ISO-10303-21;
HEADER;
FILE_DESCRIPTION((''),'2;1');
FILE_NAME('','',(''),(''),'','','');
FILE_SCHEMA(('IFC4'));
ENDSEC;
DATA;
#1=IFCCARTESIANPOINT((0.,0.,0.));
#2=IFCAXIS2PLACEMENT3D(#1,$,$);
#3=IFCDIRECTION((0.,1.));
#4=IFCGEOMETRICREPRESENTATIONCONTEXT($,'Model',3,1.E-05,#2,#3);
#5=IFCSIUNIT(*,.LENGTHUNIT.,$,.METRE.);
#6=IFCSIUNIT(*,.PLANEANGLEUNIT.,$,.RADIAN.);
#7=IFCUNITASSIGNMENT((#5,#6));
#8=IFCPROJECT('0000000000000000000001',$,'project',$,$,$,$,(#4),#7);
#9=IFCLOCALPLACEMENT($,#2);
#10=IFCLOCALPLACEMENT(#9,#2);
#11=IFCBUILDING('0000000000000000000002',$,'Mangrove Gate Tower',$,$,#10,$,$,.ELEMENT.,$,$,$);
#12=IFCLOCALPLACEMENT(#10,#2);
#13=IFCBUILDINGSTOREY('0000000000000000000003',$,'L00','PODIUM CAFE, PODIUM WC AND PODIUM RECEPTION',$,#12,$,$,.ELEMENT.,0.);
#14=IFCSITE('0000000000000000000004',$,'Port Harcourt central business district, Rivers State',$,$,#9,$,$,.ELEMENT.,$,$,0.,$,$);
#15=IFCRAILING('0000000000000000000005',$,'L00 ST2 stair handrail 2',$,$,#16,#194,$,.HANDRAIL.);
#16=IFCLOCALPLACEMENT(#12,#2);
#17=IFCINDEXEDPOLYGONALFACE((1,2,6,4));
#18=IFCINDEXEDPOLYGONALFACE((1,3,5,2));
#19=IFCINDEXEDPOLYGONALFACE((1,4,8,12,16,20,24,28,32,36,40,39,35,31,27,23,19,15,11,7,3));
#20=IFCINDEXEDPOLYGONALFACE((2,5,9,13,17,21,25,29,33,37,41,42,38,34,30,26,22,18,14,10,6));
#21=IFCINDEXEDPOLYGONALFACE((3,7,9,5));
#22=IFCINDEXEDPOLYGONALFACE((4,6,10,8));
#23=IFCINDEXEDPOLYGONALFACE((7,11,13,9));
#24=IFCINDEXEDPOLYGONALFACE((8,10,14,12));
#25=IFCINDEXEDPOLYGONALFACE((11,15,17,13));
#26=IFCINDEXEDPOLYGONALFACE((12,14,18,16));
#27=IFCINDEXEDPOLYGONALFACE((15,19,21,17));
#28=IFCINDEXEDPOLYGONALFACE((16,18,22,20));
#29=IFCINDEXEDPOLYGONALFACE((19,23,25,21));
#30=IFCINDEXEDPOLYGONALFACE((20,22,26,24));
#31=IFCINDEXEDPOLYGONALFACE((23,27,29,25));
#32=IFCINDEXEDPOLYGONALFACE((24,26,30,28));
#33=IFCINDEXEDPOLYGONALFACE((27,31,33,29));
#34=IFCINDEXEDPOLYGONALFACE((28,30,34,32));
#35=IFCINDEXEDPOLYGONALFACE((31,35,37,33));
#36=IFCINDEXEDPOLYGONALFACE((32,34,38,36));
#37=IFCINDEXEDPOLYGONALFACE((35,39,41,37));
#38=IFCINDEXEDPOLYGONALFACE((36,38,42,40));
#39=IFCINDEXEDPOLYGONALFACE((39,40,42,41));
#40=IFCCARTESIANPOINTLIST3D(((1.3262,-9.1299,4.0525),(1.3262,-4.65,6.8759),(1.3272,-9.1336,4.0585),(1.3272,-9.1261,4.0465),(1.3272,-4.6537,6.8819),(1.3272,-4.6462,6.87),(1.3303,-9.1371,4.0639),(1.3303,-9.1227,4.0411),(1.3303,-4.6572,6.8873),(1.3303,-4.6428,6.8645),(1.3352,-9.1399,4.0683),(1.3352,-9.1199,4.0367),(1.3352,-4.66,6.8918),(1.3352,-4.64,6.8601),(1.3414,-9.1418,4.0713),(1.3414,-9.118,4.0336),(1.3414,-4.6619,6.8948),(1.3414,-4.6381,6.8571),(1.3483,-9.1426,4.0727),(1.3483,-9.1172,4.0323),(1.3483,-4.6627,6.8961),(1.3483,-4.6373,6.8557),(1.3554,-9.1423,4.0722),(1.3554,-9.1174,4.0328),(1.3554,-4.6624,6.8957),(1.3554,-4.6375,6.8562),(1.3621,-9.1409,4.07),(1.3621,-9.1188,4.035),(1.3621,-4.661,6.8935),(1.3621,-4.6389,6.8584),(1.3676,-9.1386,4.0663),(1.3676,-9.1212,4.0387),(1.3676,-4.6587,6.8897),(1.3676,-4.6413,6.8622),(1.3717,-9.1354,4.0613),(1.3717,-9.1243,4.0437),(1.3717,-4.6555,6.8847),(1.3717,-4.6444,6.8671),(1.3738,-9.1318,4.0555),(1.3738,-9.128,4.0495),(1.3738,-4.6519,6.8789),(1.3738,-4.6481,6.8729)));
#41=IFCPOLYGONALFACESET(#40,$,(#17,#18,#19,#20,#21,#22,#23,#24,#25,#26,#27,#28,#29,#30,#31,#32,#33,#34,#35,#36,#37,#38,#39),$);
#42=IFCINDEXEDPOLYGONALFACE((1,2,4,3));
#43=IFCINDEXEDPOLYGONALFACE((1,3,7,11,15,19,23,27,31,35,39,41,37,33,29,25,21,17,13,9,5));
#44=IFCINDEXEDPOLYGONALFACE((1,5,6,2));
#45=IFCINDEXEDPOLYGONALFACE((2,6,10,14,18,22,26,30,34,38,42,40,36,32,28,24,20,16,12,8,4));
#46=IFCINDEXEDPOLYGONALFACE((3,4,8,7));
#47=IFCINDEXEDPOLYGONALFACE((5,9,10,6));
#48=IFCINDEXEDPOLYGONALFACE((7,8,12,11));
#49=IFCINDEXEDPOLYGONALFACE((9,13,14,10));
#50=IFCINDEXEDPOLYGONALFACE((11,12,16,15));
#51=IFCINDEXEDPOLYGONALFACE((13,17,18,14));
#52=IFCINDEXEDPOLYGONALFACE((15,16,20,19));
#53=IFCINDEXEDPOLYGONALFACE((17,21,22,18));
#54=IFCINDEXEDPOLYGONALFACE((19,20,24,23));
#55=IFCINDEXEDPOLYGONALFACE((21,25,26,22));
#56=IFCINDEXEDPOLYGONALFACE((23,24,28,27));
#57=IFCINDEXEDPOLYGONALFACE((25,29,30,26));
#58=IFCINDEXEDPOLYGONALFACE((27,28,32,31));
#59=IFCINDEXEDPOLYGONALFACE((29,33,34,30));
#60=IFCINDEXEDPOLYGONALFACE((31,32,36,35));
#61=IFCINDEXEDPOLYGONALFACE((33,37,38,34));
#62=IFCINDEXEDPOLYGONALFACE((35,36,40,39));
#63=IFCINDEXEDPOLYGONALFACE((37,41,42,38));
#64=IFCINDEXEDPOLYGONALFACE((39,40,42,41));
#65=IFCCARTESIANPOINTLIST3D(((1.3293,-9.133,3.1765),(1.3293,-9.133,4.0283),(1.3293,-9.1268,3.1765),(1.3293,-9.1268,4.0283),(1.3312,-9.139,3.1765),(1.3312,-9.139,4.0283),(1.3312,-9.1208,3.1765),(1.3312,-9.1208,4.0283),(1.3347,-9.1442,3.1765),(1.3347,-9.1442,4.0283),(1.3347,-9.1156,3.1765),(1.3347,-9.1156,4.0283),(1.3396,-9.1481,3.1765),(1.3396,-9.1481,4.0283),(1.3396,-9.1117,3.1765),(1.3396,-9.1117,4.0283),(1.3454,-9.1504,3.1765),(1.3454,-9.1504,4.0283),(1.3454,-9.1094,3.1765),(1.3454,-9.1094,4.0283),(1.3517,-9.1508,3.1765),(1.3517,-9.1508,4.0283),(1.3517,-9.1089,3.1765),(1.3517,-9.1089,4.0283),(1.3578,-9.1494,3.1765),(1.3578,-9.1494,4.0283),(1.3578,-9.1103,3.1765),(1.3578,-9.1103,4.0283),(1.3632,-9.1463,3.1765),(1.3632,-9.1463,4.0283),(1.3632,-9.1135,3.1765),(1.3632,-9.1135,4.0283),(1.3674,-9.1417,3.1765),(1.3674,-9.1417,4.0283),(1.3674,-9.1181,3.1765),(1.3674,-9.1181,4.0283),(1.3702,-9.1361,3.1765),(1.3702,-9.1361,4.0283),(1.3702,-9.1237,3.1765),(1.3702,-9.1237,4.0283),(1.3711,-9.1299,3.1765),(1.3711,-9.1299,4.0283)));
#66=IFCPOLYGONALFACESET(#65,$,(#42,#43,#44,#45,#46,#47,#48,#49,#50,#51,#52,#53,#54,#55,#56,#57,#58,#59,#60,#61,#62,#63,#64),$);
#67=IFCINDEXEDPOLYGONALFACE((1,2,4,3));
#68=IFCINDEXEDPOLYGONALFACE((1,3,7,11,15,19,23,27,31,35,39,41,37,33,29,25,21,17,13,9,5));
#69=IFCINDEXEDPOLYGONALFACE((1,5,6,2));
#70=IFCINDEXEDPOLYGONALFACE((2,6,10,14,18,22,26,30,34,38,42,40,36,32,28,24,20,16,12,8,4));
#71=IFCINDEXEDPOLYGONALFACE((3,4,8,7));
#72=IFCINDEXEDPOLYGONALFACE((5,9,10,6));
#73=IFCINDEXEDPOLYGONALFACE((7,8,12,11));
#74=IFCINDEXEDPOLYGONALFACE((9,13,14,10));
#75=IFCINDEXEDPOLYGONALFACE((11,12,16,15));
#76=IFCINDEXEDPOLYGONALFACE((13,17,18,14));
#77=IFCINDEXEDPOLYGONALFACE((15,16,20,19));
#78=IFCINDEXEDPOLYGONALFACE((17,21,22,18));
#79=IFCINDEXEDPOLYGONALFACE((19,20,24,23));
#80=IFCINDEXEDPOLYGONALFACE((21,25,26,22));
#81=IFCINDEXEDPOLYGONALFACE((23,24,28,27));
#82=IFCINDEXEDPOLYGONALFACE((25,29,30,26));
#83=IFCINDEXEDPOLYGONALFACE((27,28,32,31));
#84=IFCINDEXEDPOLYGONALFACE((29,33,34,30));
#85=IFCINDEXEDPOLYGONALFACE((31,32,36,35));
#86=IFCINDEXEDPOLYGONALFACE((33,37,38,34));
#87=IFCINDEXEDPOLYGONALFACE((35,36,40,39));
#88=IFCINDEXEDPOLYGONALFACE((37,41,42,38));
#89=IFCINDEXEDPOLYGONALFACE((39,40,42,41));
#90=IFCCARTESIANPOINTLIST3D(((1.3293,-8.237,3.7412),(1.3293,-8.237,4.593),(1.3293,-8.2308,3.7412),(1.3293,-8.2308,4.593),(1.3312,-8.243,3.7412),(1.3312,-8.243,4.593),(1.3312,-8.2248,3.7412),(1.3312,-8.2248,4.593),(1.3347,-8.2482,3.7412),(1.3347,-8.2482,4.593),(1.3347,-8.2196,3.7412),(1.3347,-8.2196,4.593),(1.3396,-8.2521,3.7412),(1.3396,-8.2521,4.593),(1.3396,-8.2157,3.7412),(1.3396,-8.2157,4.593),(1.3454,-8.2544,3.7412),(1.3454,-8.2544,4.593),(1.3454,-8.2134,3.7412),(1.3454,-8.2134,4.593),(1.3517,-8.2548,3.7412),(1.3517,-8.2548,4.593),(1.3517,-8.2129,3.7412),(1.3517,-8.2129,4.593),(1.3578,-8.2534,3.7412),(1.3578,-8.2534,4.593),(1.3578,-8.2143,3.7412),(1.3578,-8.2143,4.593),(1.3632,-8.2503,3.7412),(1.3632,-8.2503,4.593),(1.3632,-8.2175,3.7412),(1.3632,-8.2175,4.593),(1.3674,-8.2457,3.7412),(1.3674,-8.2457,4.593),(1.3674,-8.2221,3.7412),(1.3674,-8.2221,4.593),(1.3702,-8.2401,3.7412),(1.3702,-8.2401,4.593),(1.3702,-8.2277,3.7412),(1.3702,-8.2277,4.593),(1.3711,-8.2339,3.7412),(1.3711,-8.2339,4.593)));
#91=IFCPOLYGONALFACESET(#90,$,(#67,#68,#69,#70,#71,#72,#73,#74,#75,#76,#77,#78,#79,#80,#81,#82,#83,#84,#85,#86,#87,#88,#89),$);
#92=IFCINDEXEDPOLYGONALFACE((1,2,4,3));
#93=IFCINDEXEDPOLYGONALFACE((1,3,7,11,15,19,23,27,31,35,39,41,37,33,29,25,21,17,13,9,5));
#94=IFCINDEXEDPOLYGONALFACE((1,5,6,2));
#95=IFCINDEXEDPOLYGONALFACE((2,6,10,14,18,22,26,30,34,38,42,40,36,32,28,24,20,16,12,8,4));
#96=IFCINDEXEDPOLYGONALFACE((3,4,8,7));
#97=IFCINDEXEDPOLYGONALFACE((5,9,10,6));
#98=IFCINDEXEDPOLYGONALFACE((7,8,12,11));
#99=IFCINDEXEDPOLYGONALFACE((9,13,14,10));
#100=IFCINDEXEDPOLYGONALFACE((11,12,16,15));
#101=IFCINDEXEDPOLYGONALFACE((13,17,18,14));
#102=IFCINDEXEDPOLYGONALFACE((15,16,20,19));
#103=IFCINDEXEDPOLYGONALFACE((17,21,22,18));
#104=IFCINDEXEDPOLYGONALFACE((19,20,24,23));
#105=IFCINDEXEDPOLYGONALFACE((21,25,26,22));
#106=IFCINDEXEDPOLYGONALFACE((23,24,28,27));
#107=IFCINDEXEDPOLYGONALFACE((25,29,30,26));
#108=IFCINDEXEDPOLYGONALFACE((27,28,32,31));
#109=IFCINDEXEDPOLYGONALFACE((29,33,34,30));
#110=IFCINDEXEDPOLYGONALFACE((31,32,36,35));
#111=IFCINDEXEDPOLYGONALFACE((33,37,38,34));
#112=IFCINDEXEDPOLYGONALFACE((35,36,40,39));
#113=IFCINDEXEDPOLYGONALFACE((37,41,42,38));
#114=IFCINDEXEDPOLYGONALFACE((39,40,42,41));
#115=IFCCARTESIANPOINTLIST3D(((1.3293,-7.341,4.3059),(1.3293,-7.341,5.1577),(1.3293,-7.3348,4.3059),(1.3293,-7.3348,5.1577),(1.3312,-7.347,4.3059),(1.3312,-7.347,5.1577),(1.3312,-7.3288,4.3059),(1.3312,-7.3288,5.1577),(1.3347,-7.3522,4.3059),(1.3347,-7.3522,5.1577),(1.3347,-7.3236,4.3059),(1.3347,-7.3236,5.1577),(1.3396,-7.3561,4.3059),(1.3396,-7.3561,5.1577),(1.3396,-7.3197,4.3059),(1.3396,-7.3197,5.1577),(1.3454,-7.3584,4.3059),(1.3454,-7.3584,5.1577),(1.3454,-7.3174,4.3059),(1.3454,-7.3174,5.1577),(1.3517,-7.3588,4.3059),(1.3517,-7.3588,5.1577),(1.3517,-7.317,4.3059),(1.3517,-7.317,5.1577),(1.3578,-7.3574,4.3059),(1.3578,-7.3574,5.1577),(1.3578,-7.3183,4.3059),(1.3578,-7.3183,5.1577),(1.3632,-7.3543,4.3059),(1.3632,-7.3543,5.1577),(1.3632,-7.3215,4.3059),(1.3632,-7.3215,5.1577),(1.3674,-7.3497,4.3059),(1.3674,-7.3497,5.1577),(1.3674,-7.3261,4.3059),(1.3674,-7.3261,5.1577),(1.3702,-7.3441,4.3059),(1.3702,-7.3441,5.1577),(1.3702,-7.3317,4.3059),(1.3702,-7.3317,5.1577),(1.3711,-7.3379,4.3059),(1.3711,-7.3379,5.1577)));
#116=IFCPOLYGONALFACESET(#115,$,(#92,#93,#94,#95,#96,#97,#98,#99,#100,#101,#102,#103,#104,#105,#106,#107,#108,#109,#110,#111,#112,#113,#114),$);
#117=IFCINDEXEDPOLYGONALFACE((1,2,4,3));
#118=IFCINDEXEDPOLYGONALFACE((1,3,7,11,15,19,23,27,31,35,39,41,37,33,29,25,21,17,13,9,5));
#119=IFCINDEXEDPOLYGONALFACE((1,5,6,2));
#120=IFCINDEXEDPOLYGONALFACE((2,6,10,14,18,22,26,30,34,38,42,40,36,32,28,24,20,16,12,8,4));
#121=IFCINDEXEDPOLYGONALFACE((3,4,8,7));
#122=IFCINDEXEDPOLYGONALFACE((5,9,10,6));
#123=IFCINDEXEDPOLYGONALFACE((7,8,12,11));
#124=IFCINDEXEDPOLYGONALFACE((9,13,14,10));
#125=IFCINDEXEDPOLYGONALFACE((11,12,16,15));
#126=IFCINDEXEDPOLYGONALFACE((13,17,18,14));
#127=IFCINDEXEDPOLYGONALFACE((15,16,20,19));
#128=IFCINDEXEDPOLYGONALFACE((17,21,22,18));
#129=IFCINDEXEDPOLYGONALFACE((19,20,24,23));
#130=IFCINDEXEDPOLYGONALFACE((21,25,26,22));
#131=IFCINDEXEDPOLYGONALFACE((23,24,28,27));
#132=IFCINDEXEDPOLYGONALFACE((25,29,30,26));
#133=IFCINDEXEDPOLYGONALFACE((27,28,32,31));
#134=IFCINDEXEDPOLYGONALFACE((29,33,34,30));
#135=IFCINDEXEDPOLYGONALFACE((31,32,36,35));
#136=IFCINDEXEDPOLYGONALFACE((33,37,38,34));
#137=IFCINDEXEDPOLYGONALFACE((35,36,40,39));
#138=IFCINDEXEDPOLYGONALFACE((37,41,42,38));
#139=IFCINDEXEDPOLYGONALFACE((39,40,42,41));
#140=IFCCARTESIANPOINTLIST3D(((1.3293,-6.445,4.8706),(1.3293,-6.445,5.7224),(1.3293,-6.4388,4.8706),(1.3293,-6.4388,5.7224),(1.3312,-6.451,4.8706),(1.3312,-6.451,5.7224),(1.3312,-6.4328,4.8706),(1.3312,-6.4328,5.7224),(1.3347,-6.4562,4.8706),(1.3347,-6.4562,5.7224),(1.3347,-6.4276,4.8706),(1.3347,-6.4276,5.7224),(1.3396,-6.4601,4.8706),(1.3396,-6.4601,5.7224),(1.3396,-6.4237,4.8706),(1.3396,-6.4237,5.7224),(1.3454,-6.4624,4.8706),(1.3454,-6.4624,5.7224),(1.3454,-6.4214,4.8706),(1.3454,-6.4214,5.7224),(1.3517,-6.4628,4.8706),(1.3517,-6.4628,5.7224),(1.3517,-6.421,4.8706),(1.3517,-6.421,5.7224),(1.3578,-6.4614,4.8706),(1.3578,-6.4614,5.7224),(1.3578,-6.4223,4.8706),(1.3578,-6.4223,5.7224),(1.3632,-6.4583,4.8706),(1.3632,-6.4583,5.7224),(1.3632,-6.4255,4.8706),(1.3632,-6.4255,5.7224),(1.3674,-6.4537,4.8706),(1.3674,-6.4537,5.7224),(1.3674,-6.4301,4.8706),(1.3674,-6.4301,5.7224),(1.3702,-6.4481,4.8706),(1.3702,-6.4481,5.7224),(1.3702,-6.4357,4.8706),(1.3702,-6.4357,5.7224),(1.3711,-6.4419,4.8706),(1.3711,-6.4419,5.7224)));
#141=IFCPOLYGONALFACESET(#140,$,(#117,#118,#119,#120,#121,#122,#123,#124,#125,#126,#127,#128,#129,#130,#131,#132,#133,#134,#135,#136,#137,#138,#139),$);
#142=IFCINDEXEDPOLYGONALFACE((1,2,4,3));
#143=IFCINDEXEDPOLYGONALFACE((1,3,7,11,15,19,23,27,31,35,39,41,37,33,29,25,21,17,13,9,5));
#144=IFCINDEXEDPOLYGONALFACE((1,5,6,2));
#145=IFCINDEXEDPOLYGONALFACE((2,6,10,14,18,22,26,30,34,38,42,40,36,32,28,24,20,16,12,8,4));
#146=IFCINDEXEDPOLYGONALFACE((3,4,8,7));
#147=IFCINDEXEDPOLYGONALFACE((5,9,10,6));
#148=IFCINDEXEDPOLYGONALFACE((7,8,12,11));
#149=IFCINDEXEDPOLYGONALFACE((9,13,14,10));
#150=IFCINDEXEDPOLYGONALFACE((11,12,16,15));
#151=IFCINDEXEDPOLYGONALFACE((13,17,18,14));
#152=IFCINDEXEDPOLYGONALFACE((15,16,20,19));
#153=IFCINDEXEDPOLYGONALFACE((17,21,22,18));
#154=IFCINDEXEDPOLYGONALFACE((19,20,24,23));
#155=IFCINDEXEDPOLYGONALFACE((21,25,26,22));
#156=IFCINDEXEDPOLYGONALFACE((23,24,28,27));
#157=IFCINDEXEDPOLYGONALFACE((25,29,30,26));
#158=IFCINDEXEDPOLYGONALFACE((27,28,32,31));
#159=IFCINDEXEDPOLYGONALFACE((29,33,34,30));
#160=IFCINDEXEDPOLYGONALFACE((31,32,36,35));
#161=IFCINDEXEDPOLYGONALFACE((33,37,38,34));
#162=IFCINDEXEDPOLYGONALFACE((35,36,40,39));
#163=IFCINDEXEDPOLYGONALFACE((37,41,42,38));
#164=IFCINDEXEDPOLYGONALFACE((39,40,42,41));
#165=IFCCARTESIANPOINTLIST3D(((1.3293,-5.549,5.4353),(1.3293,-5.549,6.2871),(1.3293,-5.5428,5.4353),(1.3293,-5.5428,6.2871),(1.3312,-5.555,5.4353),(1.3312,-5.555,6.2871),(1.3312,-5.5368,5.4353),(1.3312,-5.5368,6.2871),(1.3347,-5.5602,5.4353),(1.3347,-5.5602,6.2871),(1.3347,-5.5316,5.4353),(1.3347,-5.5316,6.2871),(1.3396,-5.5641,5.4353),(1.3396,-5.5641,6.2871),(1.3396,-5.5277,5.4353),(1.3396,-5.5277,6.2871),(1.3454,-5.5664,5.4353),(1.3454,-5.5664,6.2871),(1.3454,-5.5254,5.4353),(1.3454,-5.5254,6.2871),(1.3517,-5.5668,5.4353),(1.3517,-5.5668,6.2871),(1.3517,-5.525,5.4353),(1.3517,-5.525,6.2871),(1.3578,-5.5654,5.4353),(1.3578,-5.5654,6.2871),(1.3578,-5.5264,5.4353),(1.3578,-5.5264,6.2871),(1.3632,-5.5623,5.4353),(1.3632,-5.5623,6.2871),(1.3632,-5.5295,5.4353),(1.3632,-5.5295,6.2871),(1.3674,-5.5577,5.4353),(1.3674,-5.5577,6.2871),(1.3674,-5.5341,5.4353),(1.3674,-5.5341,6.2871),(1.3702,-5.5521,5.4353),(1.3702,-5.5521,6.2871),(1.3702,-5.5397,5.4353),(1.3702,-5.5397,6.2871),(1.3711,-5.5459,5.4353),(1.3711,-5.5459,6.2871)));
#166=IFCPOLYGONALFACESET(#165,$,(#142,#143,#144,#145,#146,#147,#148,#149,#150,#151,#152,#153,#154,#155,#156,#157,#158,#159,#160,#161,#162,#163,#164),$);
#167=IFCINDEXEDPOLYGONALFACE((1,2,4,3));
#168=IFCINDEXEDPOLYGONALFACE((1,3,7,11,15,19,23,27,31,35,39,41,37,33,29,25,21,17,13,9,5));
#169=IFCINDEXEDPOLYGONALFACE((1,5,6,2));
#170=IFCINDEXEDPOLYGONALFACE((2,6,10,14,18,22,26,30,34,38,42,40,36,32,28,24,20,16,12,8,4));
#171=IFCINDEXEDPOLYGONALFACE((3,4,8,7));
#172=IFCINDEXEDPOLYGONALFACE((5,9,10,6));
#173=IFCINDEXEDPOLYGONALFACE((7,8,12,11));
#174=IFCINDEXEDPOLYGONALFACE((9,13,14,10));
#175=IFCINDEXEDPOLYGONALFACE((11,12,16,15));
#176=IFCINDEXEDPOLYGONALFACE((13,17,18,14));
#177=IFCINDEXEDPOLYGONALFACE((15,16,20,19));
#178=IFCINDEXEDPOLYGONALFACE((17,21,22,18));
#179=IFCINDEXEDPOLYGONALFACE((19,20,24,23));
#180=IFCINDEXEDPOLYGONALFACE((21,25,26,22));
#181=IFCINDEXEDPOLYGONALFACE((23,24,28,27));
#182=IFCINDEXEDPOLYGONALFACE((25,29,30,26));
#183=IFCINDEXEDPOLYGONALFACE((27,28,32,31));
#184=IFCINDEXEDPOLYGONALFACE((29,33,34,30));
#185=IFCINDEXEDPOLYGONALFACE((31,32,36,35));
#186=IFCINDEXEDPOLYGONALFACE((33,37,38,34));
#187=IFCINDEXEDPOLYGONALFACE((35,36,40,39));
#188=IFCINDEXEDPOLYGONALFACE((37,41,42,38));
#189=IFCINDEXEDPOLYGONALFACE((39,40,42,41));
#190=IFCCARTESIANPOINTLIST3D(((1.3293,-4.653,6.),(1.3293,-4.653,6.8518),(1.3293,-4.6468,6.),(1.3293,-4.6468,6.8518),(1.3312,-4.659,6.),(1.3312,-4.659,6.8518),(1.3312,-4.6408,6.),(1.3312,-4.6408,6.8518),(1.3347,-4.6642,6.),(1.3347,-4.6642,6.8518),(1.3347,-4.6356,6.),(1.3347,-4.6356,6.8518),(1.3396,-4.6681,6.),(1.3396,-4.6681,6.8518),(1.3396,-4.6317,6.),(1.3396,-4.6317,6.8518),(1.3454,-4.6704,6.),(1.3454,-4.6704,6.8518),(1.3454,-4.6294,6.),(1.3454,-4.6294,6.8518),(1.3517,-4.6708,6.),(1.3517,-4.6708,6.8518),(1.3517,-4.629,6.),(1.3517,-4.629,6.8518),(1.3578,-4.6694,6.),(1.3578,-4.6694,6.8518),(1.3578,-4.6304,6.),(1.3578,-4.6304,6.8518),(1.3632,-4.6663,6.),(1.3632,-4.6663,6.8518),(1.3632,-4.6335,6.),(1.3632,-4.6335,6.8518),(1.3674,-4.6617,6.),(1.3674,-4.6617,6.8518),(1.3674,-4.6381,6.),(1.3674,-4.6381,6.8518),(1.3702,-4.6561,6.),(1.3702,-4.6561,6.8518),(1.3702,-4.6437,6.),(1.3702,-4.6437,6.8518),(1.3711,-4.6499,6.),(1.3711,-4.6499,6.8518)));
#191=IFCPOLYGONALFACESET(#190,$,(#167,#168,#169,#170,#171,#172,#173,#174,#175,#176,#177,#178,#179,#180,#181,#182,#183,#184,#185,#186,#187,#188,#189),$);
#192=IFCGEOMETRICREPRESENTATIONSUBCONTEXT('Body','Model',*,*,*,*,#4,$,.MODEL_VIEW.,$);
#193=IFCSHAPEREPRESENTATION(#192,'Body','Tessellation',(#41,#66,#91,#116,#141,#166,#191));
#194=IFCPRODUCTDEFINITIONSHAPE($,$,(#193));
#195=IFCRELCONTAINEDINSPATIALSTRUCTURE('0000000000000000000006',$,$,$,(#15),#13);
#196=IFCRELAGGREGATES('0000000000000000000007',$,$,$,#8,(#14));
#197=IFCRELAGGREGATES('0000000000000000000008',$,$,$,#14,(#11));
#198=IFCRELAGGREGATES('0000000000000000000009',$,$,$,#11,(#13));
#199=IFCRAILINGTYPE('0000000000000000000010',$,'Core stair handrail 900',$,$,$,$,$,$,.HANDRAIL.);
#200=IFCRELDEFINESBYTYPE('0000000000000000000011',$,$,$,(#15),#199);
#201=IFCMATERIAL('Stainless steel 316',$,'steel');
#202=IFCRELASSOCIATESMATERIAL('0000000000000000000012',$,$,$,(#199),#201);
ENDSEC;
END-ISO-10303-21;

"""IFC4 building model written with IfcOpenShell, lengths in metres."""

from ifc_helpers import new_model, si_unit, direction, frame, origin, origin_2d, place, context, subcontext, project, spatial, circle, extrude, material, type_object, element, save


model = new_model("IFC4")

# Units and contexts
model_context = context("Model", 3, precision=1e-05, world=origin(), true_north=direction((0.0, 1.0)))
body_context = subcontext(model_context, "Body", "Model", "MODEL_VIEW")
ifc_project = project(units=[si_unit("LENGTHUNIT", "METRE"), si_unit("PLANEANGLEUNIT", "RADIAN")], contexts=[model_context])

# Site, building, storey
site_placement = place(None, origin())
site = spatial("IfcSite", under=ifc_project, at=site_placement, Name="Port Harcourt central business district, Rivers State", CompositionType="ELEMENT", RefElevation=0.0)
building_placement = place(site_placement, origin())
building = spatial("IfcBuilding", under=site, at=building_placement, Name="Mangrove Gate Tower", CompositionType="ELEMENT")
storey_placement = place(building_placement, origin())
storey = spatial("IfcBuildingStorey", under=building, at=storey_placement, Name="L00", Description="PODIUM CAFE, PODIUM WC AND PODIUM RECEPTION", CompositionType="ELEMENT", Elevation=0.0)

# Railing
ifc_material_1 = material(Name="Stainless steel 316", Category="steel")
railing_type_1 = type_object("IfcRailingType", Name="Core stair handrail 900", PredefinedType="HANDRAIL", material=ifc_material_1)
railing_1_placement = place(storey_placement, frame((1.3501, -9.1299, 3.1765)))
element("IfcRailing", 1, at=railing_1_placement, inside=storey, type_object=railing_type_1, Name="L00 ST2 stair handrail 2", PredefinedType="HANDRAIL", context=body_context, shape_type="SweptSolid", body=[
    extrude(circle(Radius=0.0239, at=origin_2d()), frame((0.0, 0.0, 0.876), z_axis=(0.0, 0.845998, 0.533186), x_axis=(-1.0, 0.0, 0.0)), (0.0, 0.0, 1.0), 5.2954),
    extrude(circle(Radius=0.021, at=origin_2d()), origin(), (0.0, 0.0, 1.0), 0.8518),
    extrude(circle(Radius=0.021, at=origin_2d()), frame((0.0, 0.896, 0.5647)), (0.0, 0.0, 1.0), 0.8518),
    extrude(circle(Radius=0.021, at=origin_2d()), frame((0.0, 1.792, 1.1294)), (0.0, 0.0, 1.0), 0.8518),
    extrude(circle(Radius=0.021, at=origin_2d()), frame((0.0, 2.688, 1.6941)), (0.0, 0.0, 1.0), 0.8518),
    extrude(circle(Radius=0.021, at=origin_2d()), frame((0.0, 3.584, 2.2588)), (0.0, 0.0, 1.0), 0.8518),
    extrude(circle(Radius=0.021, at=origin_2d()), frame((0.0, 4.48, 2.8235)), (0.0, 0.0, 1.0), 0.8518),
])

save(model, "model.ifc")
